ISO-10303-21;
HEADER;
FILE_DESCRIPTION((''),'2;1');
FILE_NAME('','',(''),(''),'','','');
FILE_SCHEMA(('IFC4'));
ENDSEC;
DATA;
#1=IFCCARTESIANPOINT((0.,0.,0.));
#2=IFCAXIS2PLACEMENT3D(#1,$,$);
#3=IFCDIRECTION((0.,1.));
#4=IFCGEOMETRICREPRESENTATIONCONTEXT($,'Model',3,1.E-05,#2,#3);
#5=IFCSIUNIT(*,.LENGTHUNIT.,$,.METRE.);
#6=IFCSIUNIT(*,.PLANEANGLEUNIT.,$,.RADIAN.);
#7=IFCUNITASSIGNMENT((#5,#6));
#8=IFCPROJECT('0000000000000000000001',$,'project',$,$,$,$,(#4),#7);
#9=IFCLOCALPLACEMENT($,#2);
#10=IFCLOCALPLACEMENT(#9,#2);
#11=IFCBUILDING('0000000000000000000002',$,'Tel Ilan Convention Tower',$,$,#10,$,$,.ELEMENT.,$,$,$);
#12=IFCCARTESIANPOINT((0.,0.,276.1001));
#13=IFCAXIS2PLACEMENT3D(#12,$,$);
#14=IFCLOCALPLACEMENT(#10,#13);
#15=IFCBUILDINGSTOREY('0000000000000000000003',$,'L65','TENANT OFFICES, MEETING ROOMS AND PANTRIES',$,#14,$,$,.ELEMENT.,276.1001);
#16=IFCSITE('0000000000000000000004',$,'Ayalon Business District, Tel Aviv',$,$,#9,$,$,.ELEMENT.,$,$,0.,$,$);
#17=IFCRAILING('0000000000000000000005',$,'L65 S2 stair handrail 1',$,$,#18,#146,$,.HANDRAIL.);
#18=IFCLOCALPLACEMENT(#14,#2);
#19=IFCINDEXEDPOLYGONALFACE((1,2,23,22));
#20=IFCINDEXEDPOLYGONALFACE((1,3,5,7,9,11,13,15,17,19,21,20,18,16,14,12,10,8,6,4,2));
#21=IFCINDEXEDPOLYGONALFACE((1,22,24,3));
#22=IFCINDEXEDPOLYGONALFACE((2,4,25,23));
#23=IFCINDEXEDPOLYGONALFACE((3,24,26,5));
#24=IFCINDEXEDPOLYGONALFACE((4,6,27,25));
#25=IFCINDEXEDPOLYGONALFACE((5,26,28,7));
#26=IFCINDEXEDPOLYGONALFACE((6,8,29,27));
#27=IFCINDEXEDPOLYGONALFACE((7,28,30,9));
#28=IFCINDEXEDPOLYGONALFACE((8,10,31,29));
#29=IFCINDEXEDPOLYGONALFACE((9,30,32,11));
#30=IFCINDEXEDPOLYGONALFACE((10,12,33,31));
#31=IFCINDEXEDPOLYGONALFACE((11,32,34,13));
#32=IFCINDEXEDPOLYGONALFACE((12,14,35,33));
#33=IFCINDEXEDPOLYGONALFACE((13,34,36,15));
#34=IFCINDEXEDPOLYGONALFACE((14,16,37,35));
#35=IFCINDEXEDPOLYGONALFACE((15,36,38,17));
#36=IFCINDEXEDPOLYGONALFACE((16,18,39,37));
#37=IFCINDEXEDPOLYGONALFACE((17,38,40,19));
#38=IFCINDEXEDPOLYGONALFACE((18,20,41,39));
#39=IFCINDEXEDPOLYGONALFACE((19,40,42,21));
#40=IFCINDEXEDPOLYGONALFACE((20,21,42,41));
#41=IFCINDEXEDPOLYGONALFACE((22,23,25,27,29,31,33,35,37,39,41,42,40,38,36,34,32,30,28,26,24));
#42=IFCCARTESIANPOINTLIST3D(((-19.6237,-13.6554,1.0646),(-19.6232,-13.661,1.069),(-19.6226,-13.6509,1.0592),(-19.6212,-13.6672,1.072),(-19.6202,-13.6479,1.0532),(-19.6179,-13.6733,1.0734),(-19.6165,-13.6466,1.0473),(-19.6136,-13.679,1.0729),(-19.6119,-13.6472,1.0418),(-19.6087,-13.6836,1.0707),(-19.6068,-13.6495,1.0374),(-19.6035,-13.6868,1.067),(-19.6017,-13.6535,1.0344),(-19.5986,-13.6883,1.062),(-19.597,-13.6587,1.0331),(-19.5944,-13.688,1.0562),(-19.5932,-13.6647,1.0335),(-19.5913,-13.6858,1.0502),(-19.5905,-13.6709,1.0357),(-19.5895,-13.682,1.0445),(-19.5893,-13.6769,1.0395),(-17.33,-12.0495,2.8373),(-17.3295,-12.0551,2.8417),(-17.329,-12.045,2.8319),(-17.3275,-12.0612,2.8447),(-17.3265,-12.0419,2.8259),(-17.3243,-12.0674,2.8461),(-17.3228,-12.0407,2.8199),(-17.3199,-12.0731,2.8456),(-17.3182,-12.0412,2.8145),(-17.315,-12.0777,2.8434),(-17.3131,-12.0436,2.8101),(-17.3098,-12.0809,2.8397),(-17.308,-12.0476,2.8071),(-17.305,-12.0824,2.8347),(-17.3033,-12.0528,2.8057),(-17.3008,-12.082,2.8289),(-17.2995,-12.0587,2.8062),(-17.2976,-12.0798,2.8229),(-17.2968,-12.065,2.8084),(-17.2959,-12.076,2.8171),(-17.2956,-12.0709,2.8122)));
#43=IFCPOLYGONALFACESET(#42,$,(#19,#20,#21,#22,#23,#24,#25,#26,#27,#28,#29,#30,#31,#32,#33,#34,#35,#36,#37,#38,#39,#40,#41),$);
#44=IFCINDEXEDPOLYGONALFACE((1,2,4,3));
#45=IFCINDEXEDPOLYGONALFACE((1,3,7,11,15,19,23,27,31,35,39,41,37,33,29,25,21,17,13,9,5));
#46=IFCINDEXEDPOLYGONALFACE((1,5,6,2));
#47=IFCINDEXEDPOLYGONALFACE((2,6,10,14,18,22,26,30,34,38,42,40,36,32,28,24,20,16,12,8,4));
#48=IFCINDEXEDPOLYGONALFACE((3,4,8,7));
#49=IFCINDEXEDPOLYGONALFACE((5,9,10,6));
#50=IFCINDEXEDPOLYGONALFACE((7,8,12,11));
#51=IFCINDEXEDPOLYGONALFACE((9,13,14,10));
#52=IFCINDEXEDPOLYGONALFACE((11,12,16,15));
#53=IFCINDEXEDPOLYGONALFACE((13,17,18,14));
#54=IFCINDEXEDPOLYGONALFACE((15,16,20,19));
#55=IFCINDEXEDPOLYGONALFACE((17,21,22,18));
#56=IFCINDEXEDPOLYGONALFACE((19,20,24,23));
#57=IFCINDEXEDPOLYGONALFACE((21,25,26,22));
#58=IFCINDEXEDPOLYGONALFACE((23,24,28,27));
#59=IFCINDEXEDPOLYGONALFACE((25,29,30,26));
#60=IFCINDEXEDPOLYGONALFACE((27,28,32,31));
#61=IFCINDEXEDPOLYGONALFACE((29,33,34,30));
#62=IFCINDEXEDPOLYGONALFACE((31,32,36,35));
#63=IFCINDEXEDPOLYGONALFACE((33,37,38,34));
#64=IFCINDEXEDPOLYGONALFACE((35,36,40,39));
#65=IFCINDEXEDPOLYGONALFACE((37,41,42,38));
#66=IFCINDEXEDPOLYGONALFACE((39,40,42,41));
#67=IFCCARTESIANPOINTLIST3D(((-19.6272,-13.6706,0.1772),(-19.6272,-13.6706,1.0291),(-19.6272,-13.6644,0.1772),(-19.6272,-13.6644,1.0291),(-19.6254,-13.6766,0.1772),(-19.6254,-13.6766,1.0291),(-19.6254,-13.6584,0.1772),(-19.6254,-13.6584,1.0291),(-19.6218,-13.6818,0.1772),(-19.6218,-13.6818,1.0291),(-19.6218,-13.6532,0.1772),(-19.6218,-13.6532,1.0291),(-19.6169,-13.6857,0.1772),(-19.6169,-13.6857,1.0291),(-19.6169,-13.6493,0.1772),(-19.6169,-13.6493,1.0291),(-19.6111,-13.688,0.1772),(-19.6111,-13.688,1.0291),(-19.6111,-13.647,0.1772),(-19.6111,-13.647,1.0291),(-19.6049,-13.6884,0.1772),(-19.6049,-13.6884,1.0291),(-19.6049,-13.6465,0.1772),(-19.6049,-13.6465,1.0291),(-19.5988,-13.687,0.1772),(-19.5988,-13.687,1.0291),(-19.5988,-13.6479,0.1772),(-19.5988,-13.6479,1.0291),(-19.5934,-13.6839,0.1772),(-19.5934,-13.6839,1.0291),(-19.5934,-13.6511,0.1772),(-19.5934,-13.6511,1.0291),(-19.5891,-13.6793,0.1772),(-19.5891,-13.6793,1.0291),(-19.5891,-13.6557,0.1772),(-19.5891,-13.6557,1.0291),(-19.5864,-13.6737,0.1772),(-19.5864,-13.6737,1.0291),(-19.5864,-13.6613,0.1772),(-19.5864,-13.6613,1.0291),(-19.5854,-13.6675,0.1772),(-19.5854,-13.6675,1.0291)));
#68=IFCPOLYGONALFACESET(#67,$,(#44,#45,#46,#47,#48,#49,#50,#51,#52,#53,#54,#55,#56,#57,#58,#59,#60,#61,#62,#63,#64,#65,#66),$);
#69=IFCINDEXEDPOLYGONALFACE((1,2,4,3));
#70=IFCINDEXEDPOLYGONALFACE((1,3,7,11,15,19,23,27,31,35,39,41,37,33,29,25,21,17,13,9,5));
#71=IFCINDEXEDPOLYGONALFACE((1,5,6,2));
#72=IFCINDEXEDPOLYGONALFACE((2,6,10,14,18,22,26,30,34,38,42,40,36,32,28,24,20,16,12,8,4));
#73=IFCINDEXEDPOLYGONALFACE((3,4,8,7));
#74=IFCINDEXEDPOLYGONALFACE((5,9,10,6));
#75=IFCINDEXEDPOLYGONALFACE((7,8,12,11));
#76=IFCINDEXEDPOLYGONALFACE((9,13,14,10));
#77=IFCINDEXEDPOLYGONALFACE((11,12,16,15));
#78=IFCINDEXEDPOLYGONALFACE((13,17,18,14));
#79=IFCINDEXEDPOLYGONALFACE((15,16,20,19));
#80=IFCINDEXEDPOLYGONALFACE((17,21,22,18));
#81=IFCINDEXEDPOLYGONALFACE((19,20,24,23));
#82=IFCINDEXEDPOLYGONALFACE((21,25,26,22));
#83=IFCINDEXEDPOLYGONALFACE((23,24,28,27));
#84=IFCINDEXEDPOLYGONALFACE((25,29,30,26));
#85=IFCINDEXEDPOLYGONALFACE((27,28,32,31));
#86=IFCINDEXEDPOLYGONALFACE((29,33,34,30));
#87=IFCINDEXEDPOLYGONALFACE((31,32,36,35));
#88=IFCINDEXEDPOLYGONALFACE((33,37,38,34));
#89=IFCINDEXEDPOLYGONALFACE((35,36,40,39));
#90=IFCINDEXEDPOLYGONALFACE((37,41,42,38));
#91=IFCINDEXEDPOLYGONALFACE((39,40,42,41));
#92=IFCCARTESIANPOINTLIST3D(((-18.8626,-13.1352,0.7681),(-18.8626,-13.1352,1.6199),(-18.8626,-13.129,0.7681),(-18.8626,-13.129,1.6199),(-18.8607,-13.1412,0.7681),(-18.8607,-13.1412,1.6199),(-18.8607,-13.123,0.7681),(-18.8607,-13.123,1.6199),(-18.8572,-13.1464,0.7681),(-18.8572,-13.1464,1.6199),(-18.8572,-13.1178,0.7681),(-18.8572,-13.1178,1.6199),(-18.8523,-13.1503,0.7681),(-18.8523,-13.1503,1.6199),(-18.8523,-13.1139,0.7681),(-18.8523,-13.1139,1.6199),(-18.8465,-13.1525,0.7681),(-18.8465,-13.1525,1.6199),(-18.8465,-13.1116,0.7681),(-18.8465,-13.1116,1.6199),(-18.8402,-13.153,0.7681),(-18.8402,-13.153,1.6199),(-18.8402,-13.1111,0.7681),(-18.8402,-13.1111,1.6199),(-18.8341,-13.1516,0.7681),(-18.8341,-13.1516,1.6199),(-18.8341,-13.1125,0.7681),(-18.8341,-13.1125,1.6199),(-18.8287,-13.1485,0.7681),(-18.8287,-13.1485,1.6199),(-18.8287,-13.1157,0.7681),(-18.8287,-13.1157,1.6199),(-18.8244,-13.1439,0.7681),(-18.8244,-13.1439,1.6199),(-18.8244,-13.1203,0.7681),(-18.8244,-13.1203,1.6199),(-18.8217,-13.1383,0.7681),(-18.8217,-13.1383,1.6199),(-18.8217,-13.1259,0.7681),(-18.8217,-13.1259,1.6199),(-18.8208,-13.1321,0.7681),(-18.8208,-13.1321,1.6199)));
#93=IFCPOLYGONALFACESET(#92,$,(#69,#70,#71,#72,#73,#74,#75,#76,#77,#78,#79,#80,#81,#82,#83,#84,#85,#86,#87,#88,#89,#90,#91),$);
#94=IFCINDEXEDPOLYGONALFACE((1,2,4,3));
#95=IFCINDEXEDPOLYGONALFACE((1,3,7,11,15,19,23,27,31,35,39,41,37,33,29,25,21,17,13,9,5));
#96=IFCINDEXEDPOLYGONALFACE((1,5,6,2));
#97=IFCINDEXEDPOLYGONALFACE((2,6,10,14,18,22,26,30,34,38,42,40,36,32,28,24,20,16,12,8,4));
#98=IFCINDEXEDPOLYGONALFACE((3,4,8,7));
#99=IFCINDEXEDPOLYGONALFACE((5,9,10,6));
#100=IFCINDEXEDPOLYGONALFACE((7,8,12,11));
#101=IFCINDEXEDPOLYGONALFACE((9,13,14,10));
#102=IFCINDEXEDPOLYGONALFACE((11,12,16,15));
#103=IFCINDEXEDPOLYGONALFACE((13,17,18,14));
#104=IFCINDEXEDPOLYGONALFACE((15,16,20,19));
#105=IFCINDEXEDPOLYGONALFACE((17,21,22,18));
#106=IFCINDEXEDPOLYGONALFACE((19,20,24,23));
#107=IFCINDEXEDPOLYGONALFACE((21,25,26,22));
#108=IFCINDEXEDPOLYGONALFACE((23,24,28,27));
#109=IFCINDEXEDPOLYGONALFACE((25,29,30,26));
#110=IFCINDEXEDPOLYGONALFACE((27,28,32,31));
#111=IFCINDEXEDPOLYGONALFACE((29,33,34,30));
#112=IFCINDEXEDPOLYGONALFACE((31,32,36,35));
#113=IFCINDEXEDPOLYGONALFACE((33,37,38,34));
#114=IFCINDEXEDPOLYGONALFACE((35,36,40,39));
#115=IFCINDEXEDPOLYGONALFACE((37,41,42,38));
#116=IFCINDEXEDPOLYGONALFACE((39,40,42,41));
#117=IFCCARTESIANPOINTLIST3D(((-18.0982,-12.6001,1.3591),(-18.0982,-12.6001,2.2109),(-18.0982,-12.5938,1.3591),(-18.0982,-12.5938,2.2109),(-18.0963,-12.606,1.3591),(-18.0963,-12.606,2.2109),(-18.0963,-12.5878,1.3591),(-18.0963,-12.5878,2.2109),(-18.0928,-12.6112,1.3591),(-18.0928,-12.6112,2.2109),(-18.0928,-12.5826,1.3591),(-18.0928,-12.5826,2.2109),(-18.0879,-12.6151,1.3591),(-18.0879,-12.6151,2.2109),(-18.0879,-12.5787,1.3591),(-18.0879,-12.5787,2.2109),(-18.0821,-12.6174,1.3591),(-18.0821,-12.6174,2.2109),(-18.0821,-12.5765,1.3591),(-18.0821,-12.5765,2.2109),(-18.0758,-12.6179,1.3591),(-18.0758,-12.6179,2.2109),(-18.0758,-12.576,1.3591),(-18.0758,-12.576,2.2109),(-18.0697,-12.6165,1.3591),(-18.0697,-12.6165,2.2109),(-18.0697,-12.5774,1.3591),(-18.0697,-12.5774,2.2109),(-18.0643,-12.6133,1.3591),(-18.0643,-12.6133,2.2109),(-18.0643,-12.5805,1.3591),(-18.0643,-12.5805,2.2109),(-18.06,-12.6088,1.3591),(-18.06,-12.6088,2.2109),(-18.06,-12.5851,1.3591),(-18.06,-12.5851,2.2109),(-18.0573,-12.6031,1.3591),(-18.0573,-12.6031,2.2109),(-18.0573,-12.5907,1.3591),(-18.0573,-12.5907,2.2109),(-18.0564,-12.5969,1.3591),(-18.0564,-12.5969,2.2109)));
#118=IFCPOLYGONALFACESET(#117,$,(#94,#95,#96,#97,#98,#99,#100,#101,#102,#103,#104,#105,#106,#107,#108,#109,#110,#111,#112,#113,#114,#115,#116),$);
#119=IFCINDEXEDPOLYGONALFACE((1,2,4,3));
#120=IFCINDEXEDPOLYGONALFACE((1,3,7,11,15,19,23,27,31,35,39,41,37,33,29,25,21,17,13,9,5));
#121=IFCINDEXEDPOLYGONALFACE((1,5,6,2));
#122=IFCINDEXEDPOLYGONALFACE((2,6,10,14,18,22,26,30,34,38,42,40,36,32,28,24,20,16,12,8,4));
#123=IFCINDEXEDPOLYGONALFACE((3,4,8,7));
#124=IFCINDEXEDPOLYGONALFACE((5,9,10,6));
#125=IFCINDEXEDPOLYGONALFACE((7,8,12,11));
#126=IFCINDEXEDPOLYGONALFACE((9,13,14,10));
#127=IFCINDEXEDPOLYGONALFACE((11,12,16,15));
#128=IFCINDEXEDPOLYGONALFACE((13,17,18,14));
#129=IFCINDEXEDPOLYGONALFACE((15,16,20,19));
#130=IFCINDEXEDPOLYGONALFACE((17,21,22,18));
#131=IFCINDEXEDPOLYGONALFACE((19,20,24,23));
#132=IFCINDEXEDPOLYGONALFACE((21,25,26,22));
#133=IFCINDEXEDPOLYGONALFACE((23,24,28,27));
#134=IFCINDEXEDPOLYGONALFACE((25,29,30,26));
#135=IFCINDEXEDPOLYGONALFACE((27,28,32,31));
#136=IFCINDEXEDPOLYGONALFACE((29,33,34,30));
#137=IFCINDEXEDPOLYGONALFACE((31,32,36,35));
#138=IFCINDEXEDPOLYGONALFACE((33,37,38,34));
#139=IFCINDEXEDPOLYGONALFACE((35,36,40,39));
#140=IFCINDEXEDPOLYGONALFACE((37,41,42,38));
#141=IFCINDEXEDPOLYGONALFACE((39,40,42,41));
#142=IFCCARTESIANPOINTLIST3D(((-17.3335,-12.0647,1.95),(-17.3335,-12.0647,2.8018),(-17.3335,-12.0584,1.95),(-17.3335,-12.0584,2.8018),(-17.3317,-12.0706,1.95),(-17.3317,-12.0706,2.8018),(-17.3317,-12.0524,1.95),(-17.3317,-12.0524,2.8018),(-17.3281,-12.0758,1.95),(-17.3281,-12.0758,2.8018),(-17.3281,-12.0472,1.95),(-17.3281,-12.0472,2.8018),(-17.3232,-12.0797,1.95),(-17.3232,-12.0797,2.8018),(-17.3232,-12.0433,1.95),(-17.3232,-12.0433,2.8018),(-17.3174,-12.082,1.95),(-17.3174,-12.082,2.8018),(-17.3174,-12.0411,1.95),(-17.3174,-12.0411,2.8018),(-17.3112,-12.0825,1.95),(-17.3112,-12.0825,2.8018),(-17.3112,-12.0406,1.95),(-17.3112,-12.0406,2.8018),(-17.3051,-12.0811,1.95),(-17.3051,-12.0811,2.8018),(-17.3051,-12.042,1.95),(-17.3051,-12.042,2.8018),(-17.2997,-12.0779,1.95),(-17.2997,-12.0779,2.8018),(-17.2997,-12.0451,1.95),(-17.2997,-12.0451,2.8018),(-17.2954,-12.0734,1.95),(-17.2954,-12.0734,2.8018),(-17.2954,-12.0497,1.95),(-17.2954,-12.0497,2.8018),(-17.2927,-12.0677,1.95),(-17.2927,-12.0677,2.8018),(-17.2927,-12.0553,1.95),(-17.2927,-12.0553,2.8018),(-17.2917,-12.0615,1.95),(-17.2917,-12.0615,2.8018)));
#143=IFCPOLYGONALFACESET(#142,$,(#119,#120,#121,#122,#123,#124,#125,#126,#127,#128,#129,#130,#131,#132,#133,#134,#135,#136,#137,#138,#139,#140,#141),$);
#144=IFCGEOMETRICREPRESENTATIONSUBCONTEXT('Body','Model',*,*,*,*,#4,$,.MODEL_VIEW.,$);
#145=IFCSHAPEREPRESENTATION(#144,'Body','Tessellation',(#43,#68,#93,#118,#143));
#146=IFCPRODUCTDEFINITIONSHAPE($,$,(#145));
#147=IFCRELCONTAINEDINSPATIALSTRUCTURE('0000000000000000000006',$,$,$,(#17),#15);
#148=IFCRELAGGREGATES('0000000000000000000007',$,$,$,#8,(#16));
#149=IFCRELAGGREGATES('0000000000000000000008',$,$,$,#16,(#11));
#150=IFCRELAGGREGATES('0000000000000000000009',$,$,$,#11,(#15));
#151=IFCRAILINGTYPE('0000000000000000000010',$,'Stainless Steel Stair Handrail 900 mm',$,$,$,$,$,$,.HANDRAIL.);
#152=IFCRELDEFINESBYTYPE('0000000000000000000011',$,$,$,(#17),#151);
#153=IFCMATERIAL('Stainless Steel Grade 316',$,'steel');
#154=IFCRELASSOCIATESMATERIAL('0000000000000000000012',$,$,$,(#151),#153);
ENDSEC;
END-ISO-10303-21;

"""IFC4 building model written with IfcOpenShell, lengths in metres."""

from ifc_helpers import new_model, si_unit, direction, frame, origin, origin_2d, place, context, subcontext, project, spatial, circle, extrude, material, type_object, element, save


model = new_model("IFC4")

# Units and contexts
model_context = context("Model", 3, precision=1e-05, world=origin(), true_north=direction((0.0, 1.0)))
body_context = subcontext(model_context, "Body", "Model", "MODEL_VIEW")
ifc_project = project(units=[si_unit("LENGTHUNIT", "METRE"), si_unit("PLANEANGLEUNIT", "RADIAN")], contexts=[model_context])

# Site, building, storey
site_placement = place(None, origin())
site = spatial("IfcSite", under=ifc_project, at=site_placement, Name="Ayalon Business District, Tel Aviv", CompositionType="ELEMENT", RefElevation=0.0)
building_placement = place(site_placement, origin())
building = spatial("IfcBuilding", under=site, at=building_placement, Name="Tel Ilan Convention Tower", CompositionType="ELEMENT")
storey_placement = place(building_placement, frame((0.0, 0.0, 276.1001)))
storey = spatial("IfcBuildingStorey", under=building, at=storey_placement, Name="L65", Description="TENANT OFFICES, MEETING ROOMS AND PANTRIES", CompositionType="ELEMENT", Elevation=276.1001)

# Railing
ifc_material_1 = material(Name="Stainless Steel Grade 316", Category="steel")
railing_type = type_object("IfcRailingType", Name="Stainless Steel Stair Handrail 900 mm", PredefinedType="HANDRAIL", material=ifc_material_1)
railing_placement = place(storey_placement, frame((-19.6064, -13.6675, 0.1772)))
element("IfcRailing", 1, at=railing_placement, inside=storey, type_object=railing_type, Name="L65 S2 stair handrail 1", PredefinedType="HANDRAIL", context=body_context, shape_type="SweptSolid", body=[
    extrude(circle(Radius=0.0239, at=origin_2d()), frame((0.0, 0.0, 0.876), z_axis=(0.692123, 0.484597, 0.534913), x_axis=(-0.57355, 0.81917, 0.0)), (0.0, 0.0, 1.0), 3.314),
    extrude(circle(Radius=0.021, at=origin_2d()), origin(), (0.0, 0.0, 1.0), 0.8518),
    extrude(circle(Radius=0.021, at=origin_2d()), frame((0.7646, 0.5354, 0.5908)), (0.0, 0.0, 1.0), 0.8518),
    extrude(circle(Radius=0.021, at=origin_2d()), frame((1.5291, 1.0706, 1.1819)), (0.0, 0.0, 1.0), 0.8518),
    extrude(circle(Radius=0.021, at=origin_2d()), frame((2.2937, 1.606, 1.7727)), (0.0, 0.0, 1.0), 0.8518),
])

save(model, "model.ifc")
